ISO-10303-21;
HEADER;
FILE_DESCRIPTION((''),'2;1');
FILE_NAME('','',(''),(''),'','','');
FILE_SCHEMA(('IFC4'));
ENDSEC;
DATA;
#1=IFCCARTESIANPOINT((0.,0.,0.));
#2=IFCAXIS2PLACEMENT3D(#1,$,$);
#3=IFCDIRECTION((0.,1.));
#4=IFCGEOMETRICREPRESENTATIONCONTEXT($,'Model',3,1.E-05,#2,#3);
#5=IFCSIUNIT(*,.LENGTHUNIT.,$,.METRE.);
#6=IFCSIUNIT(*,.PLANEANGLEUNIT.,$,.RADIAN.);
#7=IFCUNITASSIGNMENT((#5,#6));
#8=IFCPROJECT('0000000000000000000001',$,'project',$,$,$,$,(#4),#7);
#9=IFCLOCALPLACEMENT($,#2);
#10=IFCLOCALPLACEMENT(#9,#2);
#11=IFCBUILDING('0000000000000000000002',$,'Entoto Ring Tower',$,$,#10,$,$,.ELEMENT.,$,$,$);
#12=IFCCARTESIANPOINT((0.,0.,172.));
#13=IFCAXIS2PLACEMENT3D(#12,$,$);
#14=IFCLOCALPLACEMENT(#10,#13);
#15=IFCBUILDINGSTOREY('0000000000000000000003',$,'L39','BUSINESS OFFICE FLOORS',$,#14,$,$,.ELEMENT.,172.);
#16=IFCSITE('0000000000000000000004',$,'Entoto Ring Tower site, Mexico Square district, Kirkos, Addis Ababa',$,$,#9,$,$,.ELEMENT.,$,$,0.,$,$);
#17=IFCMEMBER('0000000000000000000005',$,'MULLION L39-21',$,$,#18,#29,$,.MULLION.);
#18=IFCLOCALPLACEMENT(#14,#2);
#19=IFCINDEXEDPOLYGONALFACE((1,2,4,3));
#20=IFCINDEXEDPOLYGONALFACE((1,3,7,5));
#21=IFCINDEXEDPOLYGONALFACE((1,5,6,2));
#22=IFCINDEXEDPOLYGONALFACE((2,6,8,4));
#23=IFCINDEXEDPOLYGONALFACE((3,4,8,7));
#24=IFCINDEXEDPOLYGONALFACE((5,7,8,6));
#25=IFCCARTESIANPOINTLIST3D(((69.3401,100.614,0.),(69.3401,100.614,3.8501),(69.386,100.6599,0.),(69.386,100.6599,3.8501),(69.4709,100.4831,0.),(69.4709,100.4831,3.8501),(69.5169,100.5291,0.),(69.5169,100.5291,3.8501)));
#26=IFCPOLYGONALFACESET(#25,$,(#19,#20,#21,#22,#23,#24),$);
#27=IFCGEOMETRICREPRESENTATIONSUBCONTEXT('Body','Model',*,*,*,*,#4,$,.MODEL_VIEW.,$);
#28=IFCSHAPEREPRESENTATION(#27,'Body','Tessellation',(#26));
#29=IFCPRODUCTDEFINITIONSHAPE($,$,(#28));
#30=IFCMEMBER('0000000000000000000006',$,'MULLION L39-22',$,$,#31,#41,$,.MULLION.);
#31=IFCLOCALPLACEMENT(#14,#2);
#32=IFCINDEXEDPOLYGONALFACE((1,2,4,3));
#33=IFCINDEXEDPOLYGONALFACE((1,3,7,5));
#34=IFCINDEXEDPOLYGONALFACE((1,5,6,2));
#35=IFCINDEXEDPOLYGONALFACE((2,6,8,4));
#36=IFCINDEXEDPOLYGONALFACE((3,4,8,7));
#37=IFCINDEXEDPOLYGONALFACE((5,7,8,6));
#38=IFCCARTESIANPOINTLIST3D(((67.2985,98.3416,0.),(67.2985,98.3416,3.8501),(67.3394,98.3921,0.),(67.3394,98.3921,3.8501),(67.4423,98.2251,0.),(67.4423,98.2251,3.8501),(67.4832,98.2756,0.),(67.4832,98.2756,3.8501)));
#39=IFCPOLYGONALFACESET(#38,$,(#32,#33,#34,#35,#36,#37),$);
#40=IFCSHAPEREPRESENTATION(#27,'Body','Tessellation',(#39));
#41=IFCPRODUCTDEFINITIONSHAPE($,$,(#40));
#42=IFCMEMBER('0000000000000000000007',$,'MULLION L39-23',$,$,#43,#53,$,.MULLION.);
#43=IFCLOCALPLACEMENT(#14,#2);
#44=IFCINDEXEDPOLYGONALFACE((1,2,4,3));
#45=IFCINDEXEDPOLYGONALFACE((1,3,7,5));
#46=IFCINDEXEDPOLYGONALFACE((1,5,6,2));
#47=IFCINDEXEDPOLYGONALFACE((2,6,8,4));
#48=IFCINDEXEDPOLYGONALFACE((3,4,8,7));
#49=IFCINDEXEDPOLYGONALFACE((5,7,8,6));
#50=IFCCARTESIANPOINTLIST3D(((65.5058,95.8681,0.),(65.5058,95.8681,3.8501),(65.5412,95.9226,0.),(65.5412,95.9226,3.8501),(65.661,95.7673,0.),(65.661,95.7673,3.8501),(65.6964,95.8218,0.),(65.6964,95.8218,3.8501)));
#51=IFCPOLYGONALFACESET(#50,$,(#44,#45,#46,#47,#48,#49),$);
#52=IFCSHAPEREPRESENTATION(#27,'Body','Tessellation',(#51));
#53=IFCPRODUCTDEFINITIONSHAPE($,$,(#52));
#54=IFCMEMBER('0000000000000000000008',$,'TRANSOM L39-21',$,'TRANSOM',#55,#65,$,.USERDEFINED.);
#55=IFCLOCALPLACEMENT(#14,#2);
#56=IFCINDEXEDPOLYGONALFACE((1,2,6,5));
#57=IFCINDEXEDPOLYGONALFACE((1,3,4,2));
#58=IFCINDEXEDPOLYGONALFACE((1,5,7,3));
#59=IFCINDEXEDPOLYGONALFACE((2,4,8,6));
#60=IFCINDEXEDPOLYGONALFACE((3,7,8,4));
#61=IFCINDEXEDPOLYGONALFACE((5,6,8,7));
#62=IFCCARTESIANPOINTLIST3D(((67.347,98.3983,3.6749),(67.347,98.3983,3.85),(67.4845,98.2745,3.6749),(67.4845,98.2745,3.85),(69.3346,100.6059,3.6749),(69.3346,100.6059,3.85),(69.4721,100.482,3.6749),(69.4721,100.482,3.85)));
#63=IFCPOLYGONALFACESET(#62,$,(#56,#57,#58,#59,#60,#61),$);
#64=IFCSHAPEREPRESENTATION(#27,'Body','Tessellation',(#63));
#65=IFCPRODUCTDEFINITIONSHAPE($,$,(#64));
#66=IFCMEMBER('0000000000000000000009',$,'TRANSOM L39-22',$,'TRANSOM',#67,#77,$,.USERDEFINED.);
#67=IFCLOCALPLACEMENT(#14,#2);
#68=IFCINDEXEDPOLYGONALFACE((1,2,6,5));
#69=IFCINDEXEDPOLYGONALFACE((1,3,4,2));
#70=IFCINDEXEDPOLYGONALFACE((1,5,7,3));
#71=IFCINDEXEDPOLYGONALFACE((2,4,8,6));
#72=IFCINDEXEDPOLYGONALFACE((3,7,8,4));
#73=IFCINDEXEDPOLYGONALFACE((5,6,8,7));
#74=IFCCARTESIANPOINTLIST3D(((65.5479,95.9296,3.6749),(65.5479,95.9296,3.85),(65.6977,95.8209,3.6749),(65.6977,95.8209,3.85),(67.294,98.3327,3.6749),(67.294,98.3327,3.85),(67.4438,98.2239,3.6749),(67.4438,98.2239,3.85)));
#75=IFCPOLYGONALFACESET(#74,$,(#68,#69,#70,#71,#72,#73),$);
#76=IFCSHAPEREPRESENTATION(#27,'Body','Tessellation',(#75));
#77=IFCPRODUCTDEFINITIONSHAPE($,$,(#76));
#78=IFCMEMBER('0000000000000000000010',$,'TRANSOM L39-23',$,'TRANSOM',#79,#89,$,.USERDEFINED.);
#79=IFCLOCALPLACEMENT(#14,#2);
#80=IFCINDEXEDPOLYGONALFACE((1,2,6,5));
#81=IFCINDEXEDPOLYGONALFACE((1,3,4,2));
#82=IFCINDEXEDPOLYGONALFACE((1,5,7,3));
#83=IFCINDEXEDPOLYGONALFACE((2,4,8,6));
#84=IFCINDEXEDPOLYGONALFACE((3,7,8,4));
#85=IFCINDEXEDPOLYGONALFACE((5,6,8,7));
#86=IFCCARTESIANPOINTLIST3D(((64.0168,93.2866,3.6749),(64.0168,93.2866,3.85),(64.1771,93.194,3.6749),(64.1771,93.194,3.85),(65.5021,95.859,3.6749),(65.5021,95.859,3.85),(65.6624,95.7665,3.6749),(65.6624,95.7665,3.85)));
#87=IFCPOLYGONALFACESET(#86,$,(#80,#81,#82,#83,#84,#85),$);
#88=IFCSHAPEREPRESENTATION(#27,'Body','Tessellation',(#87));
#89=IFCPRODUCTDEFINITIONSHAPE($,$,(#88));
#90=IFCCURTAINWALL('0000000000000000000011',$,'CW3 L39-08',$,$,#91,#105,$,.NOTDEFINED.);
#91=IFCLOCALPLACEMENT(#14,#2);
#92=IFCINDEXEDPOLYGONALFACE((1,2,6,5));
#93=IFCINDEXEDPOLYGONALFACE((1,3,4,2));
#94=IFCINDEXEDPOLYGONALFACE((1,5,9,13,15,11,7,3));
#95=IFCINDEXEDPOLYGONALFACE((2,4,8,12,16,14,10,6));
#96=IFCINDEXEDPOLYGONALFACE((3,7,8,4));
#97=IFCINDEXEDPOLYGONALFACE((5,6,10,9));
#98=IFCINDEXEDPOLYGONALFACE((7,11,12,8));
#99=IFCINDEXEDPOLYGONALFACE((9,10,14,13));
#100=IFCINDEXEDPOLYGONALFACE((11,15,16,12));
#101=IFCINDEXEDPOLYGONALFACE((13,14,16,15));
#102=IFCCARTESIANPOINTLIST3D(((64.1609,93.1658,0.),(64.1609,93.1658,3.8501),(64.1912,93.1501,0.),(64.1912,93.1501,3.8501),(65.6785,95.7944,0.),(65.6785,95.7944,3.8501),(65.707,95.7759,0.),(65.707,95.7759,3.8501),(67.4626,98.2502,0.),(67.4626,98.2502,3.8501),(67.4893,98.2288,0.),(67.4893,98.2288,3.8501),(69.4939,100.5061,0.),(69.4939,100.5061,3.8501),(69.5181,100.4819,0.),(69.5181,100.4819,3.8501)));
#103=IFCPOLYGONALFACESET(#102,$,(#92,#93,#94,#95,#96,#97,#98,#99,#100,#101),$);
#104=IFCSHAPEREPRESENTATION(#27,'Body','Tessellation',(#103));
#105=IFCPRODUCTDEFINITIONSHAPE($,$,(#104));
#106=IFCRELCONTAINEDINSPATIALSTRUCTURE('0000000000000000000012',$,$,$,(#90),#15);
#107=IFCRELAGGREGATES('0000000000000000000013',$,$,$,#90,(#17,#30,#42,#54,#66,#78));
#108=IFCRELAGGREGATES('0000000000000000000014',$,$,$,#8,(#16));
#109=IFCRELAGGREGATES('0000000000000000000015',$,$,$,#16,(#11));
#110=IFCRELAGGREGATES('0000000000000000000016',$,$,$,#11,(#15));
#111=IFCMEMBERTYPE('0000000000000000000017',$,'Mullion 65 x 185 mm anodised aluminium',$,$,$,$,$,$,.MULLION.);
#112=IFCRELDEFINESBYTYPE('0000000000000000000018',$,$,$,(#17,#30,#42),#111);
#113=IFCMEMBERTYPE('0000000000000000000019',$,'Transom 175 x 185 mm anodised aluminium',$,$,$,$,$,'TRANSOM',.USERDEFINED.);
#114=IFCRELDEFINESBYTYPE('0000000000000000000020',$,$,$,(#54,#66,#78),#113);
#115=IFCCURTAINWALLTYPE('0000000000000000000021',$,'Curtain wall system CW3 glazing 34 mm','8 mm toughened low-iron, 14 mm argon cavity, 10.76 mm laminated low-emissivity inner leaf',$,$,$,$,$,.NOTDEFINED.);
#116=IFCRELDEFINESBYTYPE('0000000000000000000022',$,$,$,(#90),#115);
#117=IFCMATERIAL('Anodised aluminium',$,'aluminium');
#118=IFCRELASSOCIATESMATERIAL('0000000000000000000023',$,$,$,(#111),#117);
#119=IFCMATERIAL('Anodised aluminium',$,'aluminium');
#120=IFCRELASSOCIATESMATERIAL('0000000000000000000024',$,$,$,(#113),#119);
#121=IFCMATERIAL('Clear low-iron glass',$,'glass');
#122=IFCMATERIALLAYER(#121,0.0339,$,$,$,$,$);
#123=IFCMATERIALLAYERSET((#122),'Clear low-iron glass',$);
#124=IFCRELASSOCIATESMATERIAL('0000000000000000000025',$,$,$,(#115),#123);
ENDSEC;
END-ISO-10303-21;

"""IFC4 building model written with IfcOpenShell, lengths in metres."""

from ifc_helpers import new_model, si_unit, direction, frame, origin, origin_2d, place, context, subcontext, project, spatial, polyline, rectangle, outline, extrude, material, layer, layer_set, material_profile, profile_set, type_object, element, aggregate, save


model = new_model("IFC4")

# Units and contexts
model_context = context("Model", 3, precision=1e-05, world=origin(), true_north=direction((0.0, 1.0)))
body_context = subcontext(model_context, "Body", "Model", "MODEL_VIEW")
ifc_project = project(units=[si_unit("LENGTHUNIT", "METRE"), si_unit("PLANEANGLEUNIT", "RADIAN")], contexts=[model_context])

# Members
ifc_material_1 = material(Name="Anodised aluminium", Category="aluminium")
ifc_material_profile_1 = material_profile(ifc_material_1, rectangle(XDim=0.0649, YDim=0.1851, at=origin_2d()), Name="Mullion 65 x 185 mm anodised aluminium")
ifc_profile_set_1 = profile_set([ifc_material_profile_1], Name="Anodised aluminium")
member_type_1 = type_object("IfcMemberType", Name="Mullion 65 x 185 mm anodised aluminium", PredefinedType="MULLION", material=ifc_profile_set_1)
site_placement = place(None, origin())
building_placement = place(site_placement, origin())
storey_placement = place(building_placement, frame((0.0, 0.0, 172.0)))
member_1_placement = place(storey_placement, frame((69.4285, 100.5715, 0.0), z_axis=(0.0, 0.0, 1.0), x_axis=(-0.707107, -0.707107, 0.0)))
member_1 = element("IfcMember", 1, at=member_1_placement, type_object=member_type_1, Name="MULLION L39-21", PredefinedType="MULLION", context=body_context, shape_type="SweptSolid", body=[
    extrude(rectangle(XDim=0.0649, YDim=0.1851, at=origin_2d()), origin(), (0.0, 0.0, 1.0), 3.8501),
])
member_2_placement = place(storey_placement, frame((67.3909, 98.3086, 0.0), z_axis=(0.0, 0.0, 1.0), x_axis=(-0.62932, -0.777146, 0.0)))
member_2 = element("IfcMember", 2, at=member_2_placement, type_object=member_type_1, Name="MULLION L39-22", PredefinedType="MULLION", context=body_context, shape_type="SweptSolid", body=[
    extrude(rectangle(XDim=0.0649, YDim=0.1851, at=origin_2d()), origin(), (0.0, 0.0, 1.0), 3.8501),
])
member_3_placement = place(storey_placement, frame((65.6011, 95.845, 0.0), z_axis=(0.0, 0.0, 1.0), x_axis=(-0.544639, -0.838671, 0.0)))
member_3 = element("IfcMember", 3, at=member_3_placement, type_object=member_type_1, Name="MULLION L39-23", PredefinedType="MULLION", context=body_context, shape_type="SweptSolid", body=[
    extrude(rectangle(XDim=0.0649, YDim=0.1851, at=origin_2d()), origin(), (0.0, 0.0, 1.0), 3.8501),
])
ifc_material_2 = material(Name="Anodised aluminium", Category="aluminium")
ifc_material_profile_2 = material_profile(ifc_material_2, rectangle(XDim=0.1851, YDim=0.175, at=origin_2d()), Name="Transom 175 x 185 mm anodised aluminium")
ifc_profile_set_2 = profile_set([ifc_material_profile_2], Name="Anodised aluminium")
member_type_2 = type_object("IfcMemberType", Name="Transom 175 x 185 mm anodised aluminium", ElementType="TRANSOM", PredefinedType="USERDEFINED", material=ifc_profile_set_2)
member_4_placement = place(storey_placement, frame((69.4033, 100.5439, 3.7625), z_axis=(-0.66911, -0.743163, 0.0), x_axis=(0.743163, -0.66911, 0.0)))
member_4 = element("IfcMember", 4, at=member_4_placement, type_object=member_type_2, Name="TRANSOM L39-21", ObjectType="TRANSOM", PredefinedType="USERDEFINED", context=body_context, shape_type="SweptSolid", body=[
    extrude(rectangle(XDim=0.1851, YDim=0.175, at=origin_2d()), origin(), (0.0, 0.0, 1.0), 2.9705),
])
member_5_placement = place(storey_placement, frame((67.3689, 98.2783, 3.7625), z_axis=(-0.58782, -0.808992, 0.0), x_axis=(0.808992, -0.58782, 0.0)))
member_5 = element("IfcMember", 5, at=member_5_placement, type_object=member_type_2, Name="TRANSOM L39-22", ObjectType="TRANSOM", PredefinedType="USERDEFINED", context=body_context, shape_type="SweptSolid", body=[
    extrude(rectangle(XDim=0.1851, YDim=0.175, at=origin_2d()), origin(), (0.0, 0.0, 1.0), 2.9705),
])
member_6_placement = place(storey_placement, frame((65.5823, 95.8127, 3.7625), z_axis=(-0.500028, -0.866009, 0.0), x_axis=(0.866009, -0.500028, 0.0)))
member_6 = element("IfcMember", 6, at=member_6_placement, type_object=member_type_2, Name="TRANSOM L39-23", ObjectType="TRANSOM", PredefinedType="USERDEFINED", context=body_context, shape_type="SweptSolid", body=[
    extrude(rectangle(XDim=0.1851, YDim=0.175, at=origin_2d()), origin(), (0.0, 0.0, 1.0), 2.9705),
])

# Site, building, storey
site = spatial("IfcSite", under=ifc_project, at=site_placement, Name="Entoto Ring Tower site, Mexico Square district, Kirkos, Addis Ababa", CompositionType="ELEMENT", RefElevation=0.0)
building = spatial("IfcBuilding", under=site, at=building_placement, Name="Entoto Ring Tower", CompositionType="ELEMENT")
storey = spatial("IfcBuildingStorey", under=building, at=storey_placement, Name="L39", Description="BUSINESS OFFICE FLOORS", CompositionType="ELEMENT", Elevation=172.0)

# Curtain wall
ifc_material_3 = material(Name="Clear low-iron glass", Category="glass")
ifc_layer = layer(ifc_material_3, 0.0339)
ifc_layer_set = layer_set([ifc_layer], Name="Clear low-iron glass")
curtain_wall_type = type_object("IfcCurtainWallType", Name="Curtain wall system CW3 glazing 34 mm", Description="8 mm toughened low-iron, 14 mm argon cavity, 10.76 mm laminated low-emissivity inner leaf", PredefinedType="NOTDEFINED", material=ifc_layer_set)
curtain_wall_1_placement = place(storey_placement, origin())
curtain_wall_1 = element("IfcCurtainWall", 7, at=curtain_wall_1_placement, inside=storey, type_object=curtain_wall_type, Name="CW3 L39-08", PredefinedType="NOTDEFINED", context=body_context, shape_type="SweptSolid", body=[
    extrude(outline(polyline([(69.4939, 100.5061), (67.4626, 98.2502), (65.6785, 95.7944), (64.1609, 93.1658), (64.1912, 93.1501), (65.707, 95.7759), (67.4893, 98.2288), (69.5181, 100.4819), (69.4939, 100.5061)])), origin(), (0.0, 0.0, 1.0), 3.8501),
])
aggregate(curtain_wall_1, [member_1, member_2, member_3, member_4, member_5, member_6])

save(model, "model.ifc")
